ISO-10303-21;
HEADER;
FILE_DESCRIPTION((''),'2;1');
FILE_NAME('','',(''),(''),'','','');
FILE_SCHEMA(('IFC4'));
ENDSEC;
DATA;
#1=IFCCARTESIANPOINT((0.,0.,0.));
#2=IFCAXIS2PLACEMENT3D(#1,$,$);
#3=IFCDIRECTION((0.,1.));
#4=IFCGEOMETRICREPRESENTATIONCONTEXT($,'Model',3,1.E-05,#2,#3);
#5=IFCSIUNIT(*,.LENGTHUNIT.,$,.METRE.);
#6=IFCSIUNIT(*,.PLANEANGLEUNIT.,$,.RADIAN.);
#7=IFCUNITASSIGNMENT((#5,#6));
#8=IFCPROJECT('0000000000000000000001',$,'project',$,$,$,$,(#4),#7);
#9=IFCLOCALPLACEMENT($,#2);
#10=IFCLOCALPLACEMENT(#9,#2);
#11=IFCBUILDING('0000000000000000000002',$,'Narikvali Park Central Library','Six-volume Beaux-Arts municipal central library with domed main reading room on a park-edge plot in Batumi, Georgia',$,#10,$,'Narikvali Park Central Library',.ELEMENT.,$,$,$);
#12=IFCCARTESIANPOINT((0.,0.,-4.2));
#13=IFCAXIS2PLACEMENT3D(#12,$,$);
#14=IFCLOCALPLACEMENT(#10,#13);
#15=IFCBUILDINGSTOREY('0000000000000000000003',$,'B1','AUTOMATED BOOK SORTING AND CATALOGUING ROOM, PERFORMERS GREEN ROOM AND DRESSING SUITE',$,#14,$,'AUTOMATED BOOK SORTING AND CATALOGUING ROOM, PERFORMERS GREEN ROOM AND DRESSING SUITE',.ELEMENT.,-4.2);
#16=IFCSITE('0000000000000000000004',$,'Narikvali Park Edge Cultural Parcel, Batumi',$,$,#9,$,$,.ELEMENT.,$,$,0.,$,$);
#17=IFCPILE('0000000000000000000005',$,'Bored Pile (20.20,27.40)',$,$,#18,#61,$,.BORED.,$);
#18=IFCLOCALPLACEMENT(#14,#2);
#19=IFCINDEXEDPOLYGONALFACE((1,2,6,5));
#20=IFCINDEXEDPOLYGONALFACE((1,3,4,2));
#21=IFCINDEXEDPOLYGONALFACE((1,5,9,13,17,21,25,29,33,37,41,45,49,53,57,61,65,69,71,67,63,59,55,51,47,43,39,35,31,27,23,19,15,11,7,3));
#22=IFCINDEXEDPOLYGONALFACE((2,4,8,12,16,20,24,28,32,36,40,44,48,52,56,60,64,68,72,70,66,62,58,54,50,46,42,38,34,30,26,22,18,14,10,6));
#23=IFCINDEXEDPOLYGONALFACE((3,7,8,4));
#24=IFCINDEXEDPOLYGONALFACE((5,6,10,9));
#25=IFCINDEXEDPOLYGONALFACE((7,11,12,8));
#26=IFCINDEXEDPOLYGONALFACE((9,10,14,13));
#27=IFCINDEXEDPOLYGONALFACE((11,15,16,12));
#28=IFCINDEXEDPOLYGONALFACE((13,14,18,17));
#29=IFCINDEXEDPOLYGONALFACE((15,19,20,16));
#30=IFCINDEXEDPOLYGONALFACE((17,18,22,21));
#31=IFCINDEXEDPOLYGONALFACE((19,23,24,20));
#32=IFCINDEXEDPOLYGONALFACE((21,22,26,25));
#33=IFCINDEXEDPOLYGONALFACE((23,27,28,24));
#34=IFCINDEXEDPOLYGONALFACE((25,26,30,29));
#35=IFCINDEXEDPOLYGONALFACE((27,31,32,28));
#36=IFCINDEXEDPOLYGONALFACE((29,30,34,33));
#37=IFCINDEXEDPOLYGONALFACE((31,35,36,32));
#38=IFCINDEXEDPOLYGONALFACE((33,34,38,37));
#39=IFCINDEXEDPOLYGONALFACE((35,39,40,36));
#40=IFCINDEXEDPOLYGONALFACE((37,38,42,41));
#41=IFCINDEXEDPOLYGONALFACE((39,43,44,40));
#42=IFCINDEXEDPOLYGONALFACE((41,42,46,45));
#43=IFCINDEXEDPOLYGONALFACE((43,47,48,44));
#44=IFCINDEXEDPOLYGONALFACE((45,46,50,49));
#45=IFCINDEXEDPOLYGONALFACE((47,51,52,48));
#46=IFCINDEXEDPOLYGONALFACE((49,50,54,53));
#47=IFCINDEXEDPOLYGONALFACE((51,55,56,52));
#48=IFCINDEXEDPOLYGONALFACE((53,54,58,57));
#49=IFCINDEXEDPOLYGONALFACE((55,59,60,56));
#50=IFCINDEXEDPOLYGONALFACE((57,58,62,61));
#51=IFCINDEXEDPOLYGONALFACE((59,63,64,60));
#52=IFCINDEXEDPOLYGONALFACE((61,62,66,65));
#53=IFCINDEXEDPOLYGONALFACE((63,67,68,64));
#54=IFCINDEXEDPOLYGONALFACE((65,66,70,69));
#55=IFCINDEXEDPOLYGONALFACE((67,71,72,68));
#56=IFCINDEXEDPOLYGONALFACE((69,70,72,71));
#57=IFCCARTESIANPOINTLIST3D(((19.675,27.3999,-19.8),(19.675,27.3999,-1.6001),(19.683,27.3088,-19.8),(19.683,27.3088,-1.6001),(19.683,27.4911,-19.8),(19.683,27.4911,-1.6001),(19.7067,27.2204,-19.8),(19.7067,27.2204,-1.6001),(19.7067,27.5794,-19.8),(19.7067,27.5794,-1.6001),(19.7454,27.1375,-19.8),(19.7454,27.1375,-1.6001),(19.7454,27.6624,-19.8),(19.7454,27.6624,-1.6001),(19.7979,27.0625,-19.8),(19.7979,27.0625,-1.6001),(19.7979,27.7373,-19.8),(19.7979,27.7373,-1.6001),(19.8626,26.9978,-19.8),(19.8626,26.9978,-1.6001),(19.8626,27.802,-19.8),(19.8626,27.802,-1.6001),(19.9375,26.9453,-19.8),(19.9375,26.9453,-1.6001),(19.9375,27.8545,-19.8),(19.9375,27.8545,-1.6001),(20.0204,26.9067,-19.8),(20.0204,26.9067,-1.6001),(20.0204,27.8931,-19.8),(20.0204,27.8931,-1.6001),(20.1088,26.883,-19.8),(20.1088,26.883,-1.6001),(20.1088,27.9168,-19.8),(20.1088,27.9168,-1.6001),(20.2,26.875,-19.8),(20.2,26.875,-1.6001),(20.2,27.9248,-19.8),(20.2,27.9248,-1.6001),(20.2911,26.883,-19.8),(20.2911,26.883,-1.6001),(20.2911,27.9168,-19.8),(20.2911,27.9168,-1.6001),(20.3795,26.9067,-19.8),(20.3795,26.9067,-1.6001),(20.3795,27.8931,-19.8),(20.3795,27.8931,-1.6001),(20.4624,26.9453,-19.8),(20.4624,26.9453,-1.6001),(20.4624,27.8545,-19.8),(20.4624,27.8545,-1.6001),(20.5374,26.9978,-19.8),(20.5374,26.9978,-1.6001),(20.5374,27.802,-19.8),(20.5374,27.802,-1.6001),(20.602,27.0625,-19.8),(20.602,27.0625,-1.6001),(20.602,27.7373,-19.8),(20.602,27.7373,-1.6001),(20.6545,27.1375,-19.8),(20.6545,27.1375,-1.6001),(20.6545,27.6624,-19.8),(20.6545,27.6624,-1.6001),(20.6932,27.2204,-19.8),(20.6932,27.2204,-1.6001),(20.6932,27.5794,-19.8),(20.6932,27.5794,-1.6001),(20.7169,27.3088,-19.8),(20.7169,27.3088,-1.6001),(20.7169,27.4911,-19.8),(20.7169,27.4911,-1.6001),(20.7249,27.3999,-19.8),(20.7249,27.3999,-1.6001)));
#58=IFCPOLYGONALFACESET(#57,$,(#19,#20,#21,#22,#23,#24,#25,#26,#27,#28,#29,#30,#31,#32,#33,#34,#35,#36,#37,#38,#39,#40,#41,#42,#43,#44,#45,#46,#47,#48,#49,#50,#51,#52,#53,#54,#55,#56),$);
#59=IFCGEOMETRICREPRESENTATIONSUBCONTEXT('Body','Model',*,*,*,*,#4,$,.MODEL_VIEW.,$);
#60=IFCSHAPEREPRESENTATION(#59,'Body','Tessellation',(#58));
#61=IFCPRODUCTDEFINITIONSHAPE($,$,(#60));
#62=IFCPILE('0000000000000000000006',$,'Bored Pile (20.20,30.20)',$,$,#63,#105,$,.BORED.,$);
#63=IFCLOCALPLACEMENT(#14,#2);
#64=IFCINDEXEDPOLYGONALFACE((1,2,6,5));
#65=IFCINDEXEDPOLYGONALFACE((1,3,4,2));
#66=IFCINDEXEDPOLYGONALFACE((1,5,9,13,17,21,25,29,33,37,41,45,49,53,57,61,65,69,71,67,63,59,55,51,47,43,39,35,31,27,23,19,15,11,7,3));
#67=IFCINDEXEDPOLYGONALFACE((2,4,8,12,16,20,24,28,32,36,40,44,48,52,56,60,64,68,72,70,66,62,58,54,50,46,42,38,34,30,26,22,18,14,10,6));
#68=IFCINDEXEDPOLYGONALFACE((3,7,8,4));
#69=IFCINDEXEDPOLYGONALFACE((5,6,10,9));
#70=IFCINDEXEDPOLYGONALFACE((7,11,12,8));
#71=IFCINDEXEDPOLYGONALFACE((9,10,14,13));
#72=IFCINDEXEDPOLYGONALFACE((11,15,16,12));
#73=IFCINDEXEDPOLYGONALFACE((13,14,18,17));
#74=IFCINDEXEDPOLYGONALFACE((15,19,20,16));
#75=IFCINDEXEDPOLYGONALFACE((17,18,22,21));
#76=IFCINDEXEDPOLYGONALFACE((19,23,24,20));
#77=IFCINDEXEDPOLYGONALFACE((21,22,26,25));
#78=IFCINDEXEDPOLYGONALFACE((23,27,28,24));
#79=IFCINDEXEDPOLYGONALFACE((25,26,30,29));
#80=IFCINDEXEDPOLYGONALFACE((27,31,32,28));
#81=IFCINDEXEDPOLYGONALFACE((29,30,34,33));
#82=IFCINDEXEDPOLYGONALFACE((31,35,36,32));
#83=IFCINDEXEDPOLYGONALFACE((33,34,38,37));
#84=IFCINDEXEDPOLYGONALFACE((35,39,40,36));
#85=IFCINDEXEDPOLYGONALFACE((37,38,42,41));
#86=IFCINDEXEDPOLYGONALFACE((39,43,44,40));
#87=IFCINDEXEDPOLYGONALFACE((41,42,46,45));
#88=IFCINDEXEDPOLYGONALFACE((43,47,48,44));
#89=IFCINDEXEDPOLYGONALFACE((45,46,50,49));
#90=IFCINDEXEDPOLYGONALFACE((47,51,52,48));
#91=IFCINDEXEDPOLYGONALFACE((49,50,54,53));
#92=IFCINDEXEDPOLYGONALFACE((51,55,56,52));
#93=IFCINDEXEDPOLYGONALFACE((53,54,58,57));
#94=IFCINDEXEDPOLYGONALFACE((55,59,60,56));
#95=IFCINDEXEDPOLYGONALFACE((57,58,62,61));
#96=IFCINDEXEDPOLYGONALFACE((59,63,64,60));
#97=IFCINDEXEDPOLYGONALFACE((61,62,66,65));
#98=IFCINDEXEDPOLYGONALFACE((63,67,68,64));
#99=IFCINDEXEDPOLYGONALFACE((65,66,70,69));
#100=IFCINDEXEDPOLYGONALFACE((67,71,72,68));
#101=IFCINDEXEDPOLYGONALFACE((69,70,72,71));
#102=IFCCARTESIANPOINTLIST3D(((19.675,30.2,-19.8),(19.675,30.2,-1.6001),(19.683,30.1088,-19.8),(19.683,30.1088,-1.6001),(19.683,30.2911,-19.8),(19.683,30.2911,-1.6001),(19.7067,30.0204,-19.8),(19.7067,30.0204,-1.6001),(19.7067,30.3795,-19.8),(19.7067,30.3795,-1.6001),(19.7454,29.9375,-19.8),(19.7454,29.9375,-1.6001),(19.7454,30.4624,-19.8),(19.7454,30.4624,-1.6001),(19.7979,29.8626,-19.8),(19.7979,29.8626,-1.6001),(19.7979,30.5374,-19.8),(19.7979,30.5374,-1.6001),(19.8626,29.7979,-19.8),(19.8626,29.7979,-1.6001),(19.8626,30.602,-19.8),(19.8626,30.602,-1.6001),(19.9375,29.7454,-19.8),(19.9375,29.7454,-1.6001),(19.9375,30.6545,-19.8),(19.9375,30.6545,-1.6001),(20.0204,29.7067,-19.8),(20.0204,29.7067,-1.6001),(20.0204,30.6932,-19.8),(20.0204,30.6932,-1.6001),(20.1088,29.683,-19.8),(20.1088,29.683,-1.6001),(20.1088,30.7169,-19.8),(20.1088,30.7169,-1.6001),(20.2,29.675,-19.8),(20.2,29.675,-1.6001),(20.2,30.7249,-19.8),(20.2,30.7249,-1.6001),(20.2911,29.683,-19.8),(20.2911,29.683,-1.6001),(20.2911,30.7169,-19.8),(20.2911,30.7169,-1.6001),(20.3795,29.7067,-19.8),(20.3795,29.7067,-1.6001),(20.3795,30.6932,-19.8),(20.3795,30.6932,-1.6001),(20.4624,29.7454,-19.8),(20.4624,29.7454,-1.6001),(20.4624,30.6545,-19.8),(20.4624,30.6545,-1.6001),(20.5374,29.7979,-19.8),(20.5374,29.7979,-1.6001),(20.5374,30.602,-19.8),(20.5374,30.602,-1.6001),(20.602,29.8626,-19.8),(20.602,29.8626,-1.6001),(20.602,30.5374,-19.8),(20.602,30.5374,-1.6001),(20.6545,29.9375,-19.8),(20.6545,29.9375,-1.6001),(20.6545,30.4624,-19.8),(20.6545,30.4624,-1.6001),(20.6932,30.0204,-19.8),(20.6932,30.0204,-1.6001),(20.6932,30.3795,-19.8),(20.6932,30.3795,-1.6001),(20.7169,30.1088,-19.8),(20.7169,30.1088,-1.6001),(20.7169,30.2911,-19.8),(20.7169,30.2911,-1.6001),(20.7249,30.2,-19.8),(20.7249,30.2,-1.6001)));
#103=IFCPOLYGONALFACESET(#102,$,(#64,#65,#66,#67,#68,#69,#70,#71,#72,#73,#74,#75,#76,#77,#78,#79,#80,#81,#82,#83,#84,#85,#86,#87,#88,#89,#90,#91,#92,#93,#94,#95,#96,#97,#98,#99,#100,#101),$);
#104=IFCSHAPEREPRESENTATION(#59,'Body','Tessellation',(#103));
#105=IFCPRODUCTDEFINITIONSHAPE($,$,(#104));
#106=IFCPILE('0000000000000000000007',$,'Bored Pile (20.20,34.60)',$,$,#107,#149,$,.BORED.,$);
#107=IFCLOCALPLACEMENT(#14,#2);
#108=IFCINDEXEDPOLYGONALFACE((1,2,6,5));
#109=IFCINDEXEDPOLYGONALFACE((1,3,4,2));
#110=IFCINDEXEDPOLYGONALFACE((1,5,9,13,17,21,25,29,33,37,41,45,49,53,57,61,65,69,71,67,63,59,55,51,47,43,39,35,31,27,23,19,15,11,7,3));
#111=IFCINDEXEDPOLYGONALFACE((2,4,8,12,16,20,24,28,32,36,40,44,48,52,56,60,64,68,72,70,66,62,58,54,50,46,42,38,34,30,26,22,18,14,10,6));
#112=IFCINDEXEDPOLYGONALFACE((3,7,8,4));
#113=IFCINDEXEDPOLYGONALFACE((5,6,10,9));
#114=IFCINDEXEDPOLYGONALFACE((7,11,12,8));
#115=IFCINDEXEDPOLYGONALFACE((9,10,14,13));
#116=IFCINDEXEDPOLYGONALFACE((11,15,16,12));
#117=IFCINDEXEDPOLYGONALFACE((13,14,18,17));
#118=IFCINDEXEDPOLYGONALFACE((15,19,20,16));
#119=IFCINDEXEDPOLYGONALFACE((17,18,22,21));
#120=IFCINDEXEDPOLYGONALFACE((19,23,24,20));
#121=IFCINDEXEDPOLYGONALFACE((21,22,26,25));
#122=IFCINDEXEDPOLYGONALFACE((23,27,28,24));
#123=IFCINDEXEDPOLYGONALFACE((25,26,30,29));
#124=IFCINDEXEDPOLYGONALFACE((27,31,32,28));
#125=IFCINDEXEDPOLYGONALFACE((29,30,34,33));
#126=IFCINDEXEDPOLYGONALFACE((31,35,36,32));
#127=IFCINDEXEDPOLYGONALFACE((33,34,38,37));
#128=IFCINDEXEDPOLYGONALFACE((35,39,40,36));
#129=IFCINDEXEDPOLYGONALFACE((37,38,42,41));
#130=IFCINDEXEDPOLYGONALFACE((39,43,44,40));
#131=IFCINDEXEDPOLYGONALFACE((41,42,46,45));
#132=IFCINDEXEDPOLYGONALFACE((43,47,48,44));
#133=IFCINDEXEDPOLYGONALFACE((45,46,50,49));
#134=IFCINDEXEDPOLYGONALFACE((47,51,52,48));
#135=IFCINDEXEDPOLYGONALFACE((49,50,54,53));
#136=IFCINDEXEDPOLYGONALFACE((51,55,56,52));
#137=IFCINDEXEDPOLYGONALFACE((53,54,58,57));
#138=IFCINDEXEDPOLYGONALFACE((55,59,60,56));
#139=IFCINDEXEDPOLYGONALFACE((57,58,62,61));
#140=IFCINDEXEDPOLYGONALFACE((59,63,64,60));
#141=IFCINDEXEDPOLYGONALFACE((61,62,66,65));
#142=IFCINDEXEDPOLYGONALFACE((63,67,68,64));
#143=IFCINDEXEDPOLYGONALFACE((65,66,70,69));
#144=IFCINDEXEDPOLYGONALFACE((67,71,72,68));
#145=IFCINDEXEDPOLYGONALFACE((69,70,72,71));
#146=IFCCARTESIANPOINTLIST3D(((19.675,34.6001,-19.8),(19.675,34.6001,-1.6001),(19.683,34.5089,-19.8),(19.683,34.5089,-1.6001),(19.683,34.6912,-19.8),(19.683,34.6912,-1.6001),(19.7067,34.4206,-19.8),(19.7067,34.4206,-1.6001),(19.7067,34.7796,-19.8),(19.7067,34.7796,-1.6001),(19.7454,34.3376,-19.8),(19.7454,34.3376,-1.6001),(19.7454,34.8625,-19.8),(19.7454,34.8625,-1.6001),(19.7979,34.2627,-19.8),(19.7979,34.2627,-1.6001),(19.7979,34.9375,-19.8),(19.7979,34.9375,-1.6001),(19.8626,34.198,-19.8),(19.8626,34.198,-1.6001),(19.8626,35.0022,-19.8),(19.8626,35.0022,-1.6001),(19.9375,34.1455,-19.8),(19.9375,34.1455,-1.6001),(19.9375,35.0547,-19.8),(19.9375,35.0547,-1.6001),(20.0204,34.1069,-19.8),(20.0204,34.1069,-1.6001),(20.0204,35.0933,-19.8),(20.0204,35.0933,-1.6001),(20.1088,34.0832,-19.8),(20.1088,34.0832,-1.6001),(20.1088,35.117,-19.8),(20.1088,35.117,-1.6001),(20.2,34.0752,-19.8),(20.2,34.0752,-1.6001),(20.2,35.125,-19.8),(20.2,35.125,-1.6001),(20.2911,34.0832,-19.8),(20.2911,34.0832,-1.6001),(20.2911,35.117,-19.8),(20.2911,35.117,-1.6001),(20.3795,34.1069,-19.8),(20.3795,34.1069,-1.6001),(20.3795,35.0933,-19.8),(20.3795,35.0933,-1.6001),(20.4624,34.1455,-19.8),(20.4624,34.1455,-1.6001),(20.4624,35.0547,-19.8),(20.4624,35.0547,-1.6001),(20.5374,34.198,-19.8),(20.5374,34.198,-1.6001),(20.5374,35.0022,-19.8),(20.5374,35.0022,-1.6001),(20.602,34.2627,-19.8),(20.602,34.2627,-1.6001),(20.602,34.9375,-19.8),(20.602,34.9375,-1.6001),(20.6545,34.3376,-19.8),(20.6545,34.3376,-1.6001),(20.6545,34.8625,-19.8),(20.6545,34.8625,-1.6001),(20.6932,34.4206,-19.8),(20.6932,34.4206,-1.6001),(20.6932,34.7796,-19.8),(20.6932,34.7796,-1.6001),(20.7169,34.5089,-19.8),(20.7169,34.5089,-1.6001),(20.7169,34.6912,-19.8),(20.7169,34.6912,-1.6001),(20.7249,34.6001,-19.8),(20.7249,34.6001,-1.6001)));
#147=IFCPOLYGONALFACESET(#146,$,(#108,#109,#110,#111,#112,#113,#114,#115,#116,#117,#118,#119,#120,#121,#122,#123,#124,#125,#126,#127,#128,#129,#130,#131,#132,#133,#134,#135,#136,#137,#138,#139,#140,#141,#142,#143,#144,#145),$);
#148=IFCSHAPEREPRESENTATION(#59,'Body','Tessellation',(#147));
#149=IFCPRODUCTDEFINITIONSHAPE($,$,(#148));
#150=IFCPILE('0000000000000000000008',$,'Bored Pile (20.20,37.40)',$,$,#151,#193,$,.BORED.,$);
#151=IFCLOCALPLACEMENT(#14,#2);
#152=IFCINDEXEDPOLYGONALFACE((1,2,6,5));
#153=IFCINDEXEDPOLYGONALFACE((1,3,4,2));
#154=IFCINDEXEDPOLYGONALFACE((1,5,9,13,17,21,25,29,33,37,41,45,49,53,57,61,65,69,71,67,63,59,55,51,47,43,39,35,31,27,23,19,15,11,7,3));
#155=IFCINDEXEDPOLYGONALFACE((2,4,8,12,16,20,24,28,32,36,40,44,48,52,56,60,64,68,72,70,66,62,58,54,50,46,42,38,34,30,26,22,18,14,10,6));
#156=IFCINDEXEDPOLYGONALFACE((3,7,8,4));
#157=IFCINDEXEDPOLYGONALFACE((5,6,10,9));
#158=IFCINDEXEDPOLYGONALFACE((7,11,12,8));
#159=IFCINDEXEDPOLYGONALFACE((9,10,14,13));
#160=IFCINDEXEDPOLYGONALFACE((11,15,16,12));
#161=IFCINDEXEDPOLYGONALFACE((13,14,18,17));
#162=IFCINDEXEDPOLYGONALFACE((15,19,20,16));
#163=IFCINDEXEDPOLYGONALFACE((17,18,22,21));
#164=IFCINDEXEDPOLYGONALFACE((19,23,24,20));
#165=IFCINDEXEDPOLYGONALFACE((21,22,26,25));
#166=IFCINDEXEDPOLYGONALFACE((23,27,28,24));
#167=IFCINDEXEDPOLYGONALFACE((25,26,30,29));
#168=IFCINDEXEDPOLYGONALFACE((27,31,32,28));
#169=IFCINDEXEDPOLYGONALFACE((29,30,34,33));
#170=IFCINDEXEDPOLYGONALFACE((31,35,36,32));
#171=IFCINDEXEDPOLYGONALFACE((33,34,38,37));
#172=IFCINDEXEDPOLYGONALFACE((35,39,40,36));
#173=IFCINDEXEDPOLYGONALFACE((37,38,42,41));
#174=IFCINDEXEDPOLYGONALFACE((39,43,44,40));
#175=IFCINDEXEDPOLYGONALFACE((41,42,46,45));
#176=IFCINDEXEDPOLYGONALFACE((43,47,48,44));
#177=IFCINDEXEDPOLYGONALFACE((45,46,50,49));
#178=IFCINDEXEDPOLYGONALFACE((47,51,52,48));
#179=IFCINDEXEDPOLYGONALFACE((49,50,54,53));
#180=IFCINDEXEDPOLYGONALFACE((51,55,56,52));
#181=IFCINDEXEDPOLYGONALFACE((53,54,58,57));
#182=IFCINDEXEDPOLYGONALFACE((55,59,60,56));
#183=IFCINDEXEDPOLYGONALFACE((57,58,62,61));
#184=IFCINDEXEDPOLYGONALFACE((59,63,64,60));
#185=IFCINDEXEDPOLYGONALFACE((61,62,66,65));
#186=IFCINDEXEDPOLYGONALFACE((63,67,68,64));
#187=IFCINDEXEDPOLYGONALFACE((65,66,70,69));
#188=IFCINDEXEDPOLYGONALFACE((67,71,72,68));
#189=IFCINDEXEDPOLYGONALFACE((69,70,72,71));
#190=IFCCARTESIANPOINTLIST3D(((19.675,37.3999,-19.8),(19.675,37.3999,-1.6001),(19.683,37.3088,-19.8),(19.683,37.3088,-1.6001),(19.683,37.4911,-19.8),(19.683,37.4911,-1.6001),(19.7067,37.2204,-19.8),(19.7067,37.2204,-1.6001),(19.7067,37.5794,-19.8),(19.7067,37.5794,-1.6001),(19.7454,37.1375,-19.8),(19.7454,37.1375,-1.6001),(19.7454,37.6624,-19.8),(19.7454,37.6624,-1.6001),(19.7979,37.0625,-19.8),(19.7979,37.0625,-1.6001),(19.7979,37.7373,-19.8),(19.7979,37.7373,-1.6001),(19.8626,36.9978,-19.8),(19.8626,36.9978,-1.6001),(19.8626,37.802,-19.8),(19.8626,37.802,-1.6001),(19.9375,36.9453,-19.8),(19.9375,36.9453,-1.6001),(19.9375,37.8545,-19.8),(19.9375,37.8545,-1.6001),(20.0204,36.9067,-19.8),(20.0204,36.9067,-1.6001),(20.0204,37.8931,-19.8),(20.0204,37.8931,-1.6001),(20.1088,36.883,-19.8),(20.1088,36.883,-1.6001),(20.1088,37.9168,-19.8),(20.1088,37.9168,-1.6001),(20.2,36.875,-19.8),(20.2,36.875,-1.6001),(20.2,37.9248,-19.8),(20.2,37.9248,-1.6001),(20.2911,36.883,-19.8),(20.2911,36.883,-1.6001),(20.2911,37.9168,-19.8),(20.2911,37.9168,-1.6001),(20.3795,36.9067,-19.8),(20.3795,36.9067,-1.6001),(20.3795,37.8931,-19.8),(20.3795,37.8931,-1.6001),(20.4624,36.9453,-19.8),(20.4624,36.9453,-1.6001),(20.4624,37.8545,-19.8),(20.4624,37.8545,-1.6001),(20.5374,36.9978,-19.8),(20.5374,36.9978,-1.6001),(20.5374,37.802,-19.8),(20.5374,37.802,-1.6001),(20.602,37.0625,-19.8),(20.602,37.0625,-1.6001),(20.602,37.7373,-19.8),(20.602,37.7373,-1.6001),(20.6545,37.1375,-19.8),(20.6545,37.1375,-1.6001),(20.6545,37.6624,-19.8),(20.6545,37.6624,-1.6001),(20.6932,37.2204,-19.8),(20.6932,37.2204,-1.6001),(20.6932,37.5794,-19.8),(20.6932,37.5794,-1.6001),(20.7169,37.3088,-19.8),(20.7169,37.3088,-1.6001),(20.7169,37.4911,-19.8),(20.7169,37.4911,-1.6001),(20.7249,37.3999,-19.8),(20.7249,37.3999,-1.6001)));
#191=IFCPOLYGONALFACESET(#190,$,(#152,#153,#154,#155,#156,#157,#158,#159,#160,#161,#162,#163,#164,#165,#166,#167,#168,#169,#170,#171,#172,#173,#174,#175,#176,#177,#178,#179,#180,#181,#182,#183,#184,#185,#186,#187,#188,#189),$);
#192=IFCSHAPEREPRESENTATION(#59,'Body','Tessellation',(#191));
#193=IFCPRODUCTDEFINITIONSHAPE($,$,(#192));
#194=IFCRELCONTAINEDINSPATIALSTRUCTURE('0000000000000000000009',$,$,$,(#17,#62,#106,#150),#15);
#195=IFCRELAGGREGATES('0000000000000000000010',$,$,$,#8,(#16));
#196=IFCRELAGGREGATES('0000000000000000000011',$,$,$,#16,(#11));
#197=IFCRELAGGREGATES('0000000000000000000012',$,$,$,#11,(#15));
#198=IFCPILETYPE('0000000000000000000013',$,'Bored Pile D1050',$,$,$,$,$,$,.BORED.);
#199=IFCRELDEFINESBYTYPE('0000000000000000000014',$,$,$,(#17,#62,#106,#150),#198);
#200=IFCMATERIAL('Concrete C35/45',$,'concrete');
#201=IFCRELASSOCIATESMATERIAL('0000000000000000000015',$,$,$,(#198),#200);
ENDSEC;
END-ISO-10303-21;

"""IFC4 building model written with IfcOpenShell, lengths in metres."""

from ifc_helpers import new_model, si_unit, direction, frame, origin, origin_2d, place, context, subcontext, project, spatial, circle, extrude, material, material_profile, profile_set, type_object, element, save


model = new_model("IFC4")

# Units and contexts
model_context = context("Model", 3, precision=1e-05, world=origin(), true_north=direction((0.0, 1.0)))
body_context = subcontext(model_context, "Body", "Model", "MODEL_VIEW")
ifc_project = project(units=[si_unit("LENGTHUNIT", "METRE"), si_unit("PLANEANGLEUNIT", "RADIAN")], contexts=[model_context])

# Site, building, storey
site_placement = place(None, origin())
site = spatial("IfcSite", under=ifc_project, at=site_placement, Name="Narikvali Park Edge Cultural Parcel, Batumi", CompositionType="ELEMENT", RefElevation=0.0)
building_placement = place(site_placement, origin())
building = spatial("IfcBuilding", under=site, at=building_placement, Name="Narikvali Park Central Library", Description="Six-volume Beaux-Arts municipal central library with domed main reading room on a park-edge plot in Batumi, Georgia", LongName="Narikvali Park Central Library", CompositionType="ELEMENT")
storey_placement = place(building_placement, frame((0.0, 0.0, -4.2)))
storey = spatial("IfcBuildingStorey", under=building, at=storey_placement, Name="B1", Description="AUTOMATED BOOK SORTING AND CATALOGUING ROOM, PERFORMERS GREEN ROOM AND DRESSING SUITE", LongName="AUTOMATED BOOK SORTING AND CATALOGUING ROOM, PERFORMERS GREEN ROOM AND DRESSING SUITE", CompositionType="ELEMENT", Elevation=-4.2)

# Piles
ifc_material_1 = material(Name="Concrete C35/45", Category="concrete")
ifc_material_profile_1 = material_profile(ifc_material_1, circle(Radius=0.5249, at=origin_2d()), Name="PILE D1050")
ifc_profile_set_1 = profile_set([ifc_material_profile_1], Name="Concrete C35/45")
pile_type_1 = type_object("IfcPileType", Name="Bored Pile D1050", PredefinedType="BORED", material=ifc_profile_set_1)
for number, where, z_axis, x_axis, name in (
    (1, (20.2, 27.3999, -1.6001), (0.0, 0.0, -1.0), (1.0, 0.0, 0.0), "Bored Pile (20.20,27.40)"),
    (2, (20.2, 30.2, -1.6001), (0.0, 0.0, -1.0), (1.0, 0.0, 0.0), "Bored Pile (20.20,30.20)"),
    (3, (20.2, 34.6001, -1.6001), (0.0, 0.0, -1.0), (1.0, 0.0, 0.0), "Bored Pile (20.20,34.60)"),
    (4, (20.2, 37.3999, -1.6001), (0.0, 0.0, -1.0), (1.0, 0.0, 0.0), "Bored Pile (20.20,37.40)"),
):
    element("IfcPile", number, at=place(storey_placement, frame(where, z_axis=z_axis, x_axis=x_axis)), inside=storey, type_object=pile_type_1, Name=name, PredefinedType="BORED", context=body_context, shape_type="SweptSolid", body=[
        extrude(circle(Radius=0.5249, at=origin_2d()), origin(), (0.0, 0.0, 1.0), 18.2),
    ])

save(model, "model.ifc")
